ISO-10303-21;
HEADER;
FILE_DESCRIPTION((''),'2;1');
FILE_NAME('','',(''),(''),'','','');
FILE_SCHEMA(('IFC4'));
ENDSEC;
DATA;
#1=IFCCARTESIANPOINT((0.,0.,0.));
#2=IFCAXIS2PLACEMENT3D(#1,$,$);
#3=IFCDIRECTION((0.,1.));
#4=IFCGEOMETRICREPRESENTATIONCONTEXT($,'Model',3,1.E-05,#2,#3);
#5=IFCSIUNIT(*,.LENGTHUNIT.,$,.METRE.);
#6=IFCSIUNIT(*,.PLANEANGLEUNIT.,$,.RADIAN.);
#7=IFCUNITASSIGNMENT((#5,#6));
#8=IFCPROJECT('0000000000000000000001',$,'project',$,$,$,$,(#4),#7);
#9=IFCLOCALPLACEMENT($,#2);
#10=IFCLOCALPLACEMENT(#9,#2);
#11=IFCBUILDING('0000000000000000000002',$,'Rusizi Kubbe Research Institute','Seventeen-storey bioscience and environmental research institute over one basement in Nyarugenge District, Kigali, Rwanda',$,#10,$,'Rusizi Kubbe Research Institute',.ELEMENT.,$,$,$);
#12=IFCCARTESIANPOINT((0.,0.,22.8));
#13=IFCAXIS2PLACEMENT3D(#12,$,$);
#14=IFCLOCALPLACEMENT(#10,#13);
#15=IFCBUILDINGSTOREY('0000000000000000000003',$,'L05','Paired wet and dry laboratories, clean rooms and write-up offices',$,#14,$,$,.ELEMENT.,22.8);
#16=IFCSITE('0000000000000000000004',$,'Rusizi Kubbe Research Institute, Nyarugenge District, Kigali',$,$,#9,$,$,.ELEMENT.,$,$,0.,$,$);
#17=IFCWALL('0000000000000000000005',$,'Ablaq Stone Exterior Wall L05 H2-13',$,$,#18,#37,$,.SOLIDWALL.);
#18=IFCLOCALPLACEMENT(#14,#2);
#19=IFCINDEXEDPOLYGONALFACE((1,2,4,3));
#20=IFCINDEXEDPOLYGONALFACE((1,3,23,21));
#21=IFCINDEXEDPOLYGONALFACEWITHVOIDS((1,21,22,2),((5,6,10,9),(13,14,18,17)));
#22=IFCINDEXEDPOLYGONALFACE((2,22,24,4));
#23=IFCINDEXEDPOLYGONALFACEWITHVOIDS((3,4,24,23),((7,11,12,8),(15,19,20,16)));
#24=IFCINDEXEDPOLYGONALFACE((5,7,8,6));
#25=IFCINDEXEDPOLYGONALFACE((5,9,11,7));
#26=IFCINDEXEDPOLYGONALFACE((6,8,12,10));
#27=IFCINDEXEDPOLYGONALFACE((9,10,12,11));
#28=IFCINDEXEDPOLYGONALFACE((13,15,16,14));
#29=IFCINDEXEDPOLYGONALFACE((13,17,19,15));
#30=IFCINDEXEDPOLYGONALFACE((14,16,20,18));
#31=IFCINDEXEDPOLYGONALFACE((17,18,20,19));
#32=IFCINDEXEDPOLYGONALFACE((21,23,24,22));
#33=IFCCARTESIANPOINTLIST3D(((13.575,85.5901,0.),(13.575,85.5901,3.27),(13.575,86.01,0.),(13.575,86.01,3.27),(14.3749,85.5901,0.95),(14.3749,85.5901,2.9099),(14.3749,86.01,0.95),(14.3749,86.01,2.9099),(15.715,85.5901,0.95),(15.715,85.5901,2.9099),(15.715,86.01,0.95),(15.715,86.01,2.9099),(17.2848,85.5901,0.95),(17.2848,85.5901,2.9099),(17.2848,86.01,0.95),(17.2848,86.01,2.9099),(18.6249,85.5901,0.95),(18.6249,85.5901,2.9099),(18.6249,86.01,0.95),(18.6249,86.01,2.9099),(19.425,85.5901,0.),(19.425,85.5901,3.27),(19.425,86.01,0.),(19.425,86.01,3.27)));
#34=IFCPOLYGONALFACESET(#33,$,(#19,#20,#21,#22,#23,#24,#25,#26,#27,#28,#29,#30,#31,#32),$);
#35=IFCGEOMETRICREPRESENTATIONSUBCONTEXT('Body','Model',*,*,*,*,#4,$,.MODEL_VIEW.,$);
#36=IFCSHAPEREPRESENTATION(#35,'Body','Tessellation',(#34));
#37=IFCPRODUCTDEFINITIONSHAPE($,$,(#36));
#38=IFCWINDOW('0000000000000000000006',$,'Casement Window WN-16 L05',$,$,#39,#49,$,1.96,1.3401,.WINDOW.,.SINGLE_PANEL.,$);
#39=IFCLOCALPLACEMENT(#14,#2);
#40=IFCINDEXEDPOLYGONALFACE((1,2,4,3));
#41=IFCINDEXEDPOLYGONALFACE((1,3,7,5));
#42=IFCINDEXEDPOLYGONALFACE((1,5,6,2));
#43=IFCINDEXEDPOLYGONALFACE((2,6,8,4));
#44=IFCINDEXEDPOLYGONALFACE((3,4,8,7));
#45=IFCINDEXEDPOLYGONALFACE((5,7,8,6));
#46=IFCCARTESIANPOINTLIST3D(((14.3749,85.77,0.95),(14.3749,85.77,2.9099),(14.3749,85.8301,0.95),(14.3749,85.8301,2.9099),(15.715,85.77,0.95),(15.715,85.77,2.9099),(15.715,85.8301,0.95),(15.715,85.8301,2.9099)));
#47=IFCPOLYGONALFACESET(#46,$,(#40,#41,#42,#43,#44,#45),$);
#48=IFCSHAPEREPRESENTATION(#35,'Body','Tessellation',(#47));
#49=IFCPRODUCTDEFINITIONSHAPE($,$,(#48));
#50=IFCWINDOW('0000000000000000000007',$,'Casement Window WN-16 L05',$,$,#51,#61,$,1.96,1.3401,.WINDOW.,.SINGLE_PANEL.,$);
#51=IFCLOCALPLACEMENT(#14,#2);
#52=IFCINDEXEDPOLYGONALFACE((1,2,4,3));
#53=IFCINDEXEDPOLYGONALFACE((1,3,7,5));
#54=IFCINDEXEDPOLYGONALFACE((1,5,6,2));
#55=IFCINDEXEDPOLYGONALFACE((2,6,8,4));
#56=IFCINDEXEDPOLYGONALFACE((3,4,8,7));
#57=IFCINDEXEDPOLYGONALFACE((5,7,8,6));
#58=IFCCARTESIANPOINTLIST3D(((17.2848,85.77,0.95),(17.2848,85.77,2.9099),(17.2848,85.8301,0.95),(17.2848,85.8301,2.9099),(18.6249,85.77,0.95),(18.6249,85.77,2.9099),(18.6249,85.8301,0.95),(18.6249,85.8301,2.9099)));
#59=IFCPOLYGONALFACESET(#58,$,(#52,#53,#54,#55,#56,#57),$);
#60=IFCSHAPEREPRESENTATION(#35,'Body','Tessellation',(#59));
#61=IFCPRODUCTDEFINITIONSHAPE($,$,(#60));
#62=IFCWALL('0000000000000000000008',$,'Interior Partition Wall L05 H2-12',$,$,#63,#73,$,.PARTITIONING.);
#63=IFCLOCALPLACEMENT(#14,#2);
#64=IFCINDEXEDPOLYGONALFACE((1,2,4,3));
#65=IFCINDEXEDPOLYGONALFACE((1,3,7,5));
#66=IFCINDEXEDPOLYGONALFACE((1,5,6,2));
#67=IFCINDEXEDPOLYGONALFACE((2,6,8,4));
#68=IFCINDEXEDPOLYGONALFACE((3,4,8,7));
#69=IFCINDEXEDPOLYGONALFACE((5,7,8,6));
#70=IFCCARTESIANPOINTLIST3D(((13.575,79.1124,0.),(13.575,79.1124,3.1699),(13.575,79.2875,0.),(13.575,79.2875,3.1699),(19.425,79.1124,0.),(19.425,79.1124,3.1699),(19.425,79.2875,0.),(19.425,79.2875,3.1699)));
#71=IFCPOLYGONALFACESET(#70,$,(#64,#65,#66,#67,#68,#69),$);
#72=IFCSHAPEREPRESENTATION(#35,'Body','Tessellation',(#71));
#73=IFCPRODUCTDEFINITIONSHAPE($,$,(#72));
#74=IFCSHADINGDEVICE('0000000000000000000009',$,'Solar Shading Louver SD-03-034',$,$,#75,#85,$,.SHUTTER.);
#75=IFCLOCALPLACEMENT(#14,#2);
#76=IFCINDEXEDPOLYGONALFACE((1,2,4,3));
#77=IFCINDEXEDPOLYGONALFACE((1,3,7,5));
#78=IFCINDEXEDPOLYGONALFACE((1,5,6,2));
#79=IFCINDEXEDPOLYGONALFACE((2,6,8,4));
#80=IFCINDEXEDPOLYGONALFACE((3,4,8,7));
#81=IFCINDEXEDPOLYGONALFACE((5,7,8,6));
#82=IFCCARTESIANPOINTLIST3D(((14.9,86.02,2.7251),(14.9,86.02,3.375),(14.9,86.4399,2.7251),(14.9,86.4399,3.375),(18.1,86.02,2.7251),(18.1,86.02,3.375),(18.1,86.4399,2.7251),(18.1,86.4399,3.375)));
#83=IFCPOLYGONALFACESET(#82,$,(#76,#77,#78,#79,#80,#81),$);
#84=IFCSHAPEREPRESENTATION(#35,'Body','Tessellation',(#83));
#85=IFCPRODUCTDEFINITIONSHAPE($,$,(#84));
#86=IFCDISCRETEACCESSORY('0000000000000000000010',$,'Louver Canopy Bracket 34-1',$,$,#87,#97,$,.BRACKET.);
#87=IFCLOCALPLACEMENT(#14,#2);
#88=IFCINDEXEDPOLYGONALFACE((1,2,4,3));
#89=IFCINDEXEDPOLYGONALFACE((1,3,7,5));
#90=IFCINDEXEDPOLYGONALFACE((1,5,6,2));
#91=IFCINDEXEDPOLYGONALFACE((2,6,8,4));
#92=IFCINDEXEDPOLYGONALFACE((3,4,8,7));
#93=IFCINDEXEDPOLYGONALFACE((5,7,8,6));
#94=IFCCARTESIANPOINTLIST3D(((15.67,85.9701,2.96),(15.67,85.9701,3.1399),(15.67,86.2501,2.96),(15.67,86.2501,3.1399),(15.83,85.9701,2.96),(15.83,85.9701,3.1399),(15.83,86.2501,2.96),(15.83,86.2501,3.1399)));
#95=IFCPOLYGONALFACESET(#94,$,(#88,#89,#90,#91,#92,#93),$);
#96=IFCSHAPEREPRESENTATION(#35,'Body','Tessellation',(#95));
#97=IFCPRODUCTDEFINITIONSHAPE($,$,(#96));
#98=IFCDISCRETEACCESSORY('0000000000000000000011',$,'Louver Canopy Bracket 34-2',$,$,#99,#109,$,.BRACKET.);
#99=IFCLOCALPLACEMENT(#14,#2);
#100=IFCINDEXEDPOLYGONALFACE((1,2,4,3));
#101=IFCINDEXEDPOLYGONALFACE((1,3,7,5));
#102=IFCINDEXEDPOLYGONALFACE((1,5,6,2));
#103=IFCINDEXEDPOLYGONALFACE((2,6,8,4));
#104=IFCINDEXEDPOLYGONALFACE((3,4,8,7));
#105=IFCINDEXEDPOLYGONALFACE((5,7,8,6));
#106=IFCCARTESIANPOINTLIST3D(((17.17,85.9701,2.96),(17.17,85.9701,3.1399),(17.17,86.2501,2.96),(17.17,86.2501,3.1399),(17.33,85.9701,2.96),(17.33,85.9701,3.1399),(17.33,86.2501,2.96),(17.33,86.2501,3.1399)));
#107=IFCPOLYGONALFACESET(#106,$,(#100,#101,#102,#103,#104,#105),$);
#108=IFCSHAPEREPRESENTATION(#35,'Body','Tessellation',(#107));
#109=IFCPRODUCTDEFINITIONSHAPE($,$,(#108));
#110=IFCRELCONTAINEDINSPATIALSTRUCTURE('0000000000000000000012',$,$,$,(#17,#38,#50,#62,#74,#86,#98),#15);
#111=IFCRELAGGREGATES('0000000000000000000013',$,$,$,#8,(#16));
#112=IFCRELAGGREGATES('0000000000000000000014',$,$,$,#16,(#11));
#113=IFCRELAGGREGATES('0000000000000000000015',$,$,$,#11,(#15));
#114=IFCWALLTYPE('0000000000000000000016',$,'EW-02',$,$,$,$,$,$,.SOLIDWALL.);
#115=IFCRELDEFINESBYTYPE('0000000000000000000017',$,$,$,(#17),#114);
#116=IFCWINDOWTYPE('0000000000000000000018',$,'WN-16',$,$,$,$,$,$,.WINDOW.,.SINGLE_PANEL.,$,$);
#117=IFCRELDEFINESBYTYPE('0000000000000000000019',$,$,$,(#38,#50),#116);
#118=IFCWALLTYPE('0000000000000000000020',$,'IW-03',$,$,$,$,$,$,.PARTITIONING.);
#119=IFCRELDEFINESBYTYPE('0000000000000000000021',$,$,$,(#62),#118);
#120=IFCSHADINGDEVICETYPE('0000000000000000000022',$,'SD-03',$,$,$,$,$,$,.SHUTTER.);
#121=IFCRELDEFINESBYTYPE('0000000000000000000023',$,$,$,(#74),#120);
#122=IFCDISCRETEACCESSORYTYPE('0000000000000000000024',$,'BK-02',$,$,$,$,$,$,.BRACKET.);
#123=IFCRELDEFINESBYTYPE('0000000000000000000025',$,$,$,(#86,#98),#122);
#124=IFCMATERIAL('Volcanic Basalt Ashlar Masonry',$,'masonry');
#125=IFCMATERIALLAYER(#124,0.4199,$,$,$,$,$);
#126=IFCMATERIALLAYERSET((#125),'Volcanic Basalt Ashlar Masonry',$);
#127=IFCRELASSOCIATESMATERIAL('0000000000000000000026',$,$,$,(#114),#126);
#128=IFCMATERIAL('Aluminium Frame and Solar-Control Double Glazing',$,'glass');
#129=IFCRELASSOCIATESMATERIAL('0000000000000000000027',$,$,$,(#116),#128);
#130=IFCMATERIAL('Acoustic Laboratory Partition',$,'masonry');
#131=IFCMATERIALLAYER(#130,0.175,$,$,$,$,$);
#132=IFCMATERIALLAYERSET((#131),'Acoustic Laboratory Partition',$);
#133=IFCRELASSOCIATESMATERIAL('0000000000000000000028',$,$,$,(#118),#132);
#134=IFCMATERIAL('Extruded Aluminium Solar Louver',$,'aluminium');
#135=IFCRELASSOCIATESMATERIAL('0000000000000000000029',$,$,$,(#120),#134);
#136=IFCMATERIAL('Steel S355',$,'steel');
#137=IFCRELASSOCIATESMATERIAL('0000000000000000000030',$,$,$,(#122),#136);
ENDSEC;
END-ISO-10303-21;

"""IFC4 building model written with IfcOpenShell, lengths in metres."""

from ifc_helpers import new_model, si_unit, direction, frame, frame_2d, origin, origin_2d, place, context, subcontext, project, spatial, rectangle, extrude, material, layer, layer_set, type_object, element, fill, save


model = new_model("IFC4")

# Units and contexts
model_context = context("Model", 3, precision=1e-05, world=origin(), true_north=direction((0.0, 1.0)))
body_context = subcontext(model_context, "Body", "Model", "MODEL_VIEW")
ifc_project = project(units=[si_unit("LENGTHUNIT", "METRE"), si_unit("PLANEANGLEUNIT", "RADIAN")], contexts=[model_context])

# Site, building, storey
site_placement = place(None, origin())
site = spatial("IfcSite", under=ifc_project, at=site_placement, Name="Rusizi Kubbe Research Institute, Nyarugenge District, Kigali", CompositionType="ELEMENT", RefElevation=0.0)
building_placement = place(site_placement, origin())
building = spatial("IfcBuilding", under=site, at=building_placement, Name="Rusizi Kubbe Research Institute", Description="Seventeen-storey bioscience and environmental research institute over one basement in Nyarugenge District, Kigali, Rwanda", LongName="Rusizi Kubbe Research Institute", CompositionType="ELEMENT")
storey_placement = place(building_placement, frame((0.0, 0.0, 22.8)))
storey = spatial("IfcBuildingStorey", under=building, at=storey_placement, Name="L05", Description="Paired wet and dry laboratories, clean rooms and write-up offices", CompositionType="ELEMENT", Elevation=22.8)

# Wall, openings, windows
ifc_material_1 = material(Name="Volcanic Basalt Ashlar Masonry", Category="masonry")
ifc_layer_1 = layer(ifc_material_1, 0.4199)
ifc_layer_set_1 = layer_set([ifc_layer_1], Name="Volcanic Basalt Ashlar Masonry")
wall_type_1 = type_object("IfcWallType", Name="EW-02", PredefinedType="SOLIDWALL", material=ifc_layer_set_1)
wall_1_placement = place(storey_placement, frame((13.575, 85.8, 0.0), z_axis=(0.0, 0.0, 1.0), x_axis=(1.0, 0.0, 0.0)))
wall_1 = element("IfcWall", 1, at=wall_1_placement, inside=storey, type_object=wall_type_1, Name="Ablaq Stone Exterior Wall L05 H2-13", PredefinedType="SOLIDWALL", context=body_context, shape_type="SweptSolid", body=[
    extrude(rectangle(XDim=5.8501, YDim=0.4199, at=frame_2d((2.925, 0.0))), origin(), (0.0, 0.0, 1.0), 3.27),
])
opening_1_placement = place(wall_1_placement, frame((0.8, 0.0, 0.95)))
opening_1 = element("IfcOpeningElement", 2, at=opening_1_placement, cuts=wall_1, PredefinedType="OPENING", context=body_context, shape_type="SweptSolid", body=[
    extrude(rectangle(XDim=1.3401, YDim=1.96, at=frame_2d((0.6699, 0.98))), frame((0.0, 0.22, 0.0), z_axis=(0.0, -1.0, 0.0), x_axis=(1.0, 0.0, 0.0)), (0.0, 0.0, 1.0), 0.4399),
])
opening_2_placement = place(wall_1_placement, frame((3.71, 0.0, 0.95)))
opening_2 = element("IfcOpeningElement", 3, at=opening_2_placement, cuts=wall_1, PredefinedType="OPENING", context=body_context, shape_type="SweptSolid", body=[
    extrude(rectangle(XDim=1.3401, YDim=1.96, at=frame_2d((0.6699, 0.98))), frame((0.0, 0.22, 0.0), z_axis=(0.0, -1.0, 0.0), x_axis=(1.0, 0.0, 0.0)), (0.0, 0.0, 1.0), 0.4399),
])
ifc_material_2 = material(Name="Aluminium Frame and Solar-Control Double Glazing", Category="glass")
window_type = type_object("IfcWindowType", Name="WN-16", PartitioningType="SINGLE_PANEL", PredefinedType="WINDOW", material=ifc_material_2)
window_1_placement = place(opening_1_placement, origin())
window_1 = element("IfcWindow", 4, at=window_1_placement, inside=storey, type_object=window_type, Name="Casement Window WN-16 L05", OverallHeight=1.96, OverallWidth=1.3401, PartitioningType="SINGLE_PANEL", PredefinedType="WINDOW", context=body_context, shape_type="SweptSolid", body=[
    extrude(rectangle(XDim=1.3401, YDim=1.96, at=frame_2d((0.6699, 0.98))), frame((0.0, 0.03, 0.0), z_axis=(0.0, -1.0, 0.0), x_axis=(1.0, 0.0, 0.0)), (0.0, 0.0, 1.0), 0.0601),
])
fill(opening_1, window_1)
window_2_placement = place(opening_2_placement, origin())
window_2 = element("IfcWindow", 5, at=window_2_placement, inside=storey, type_object=window_type, Name="Casement Window WN-16 L05", OverallHeight=1.96, OverallWidth=1.3401, PartitioningType="SINGLE_PANEL", PredefinedType="WINDOW", context=body_context, shape_type="SweptSolid", body=[
    extrude(rectangle(XDim=1.3401, YDim=1.96, at=frame_2d((0.6699, 0.98))), frame((0.0, 0.03, 0.0), z_axis=(0.0, -1.0, 0.0), x_axis=(1.0, 0.0, 0.0)), (0.0, 0.0, 1.0), 0.0601),
])
fill(opening_2, window_2)

# Wall
ifc_material_3 = material(Name="Acoustic Laboratory Partition", Category="masonry")
ifc_layer_2 = layer(ifc_material_3, 0.175)
ifc_layer_set_2 = layer_set([ifc_layer_2], Name="Acoustic Laboratory Partition")
wall_type_2 = type_object("IfcWallType", Name="IW-03", PredefinedType="PARTITIONING", material=ifc_layer_set_2)
wall_2_placement = place(storey_placement, frame((13.575, 79.2, 0.0), z_axis=(0.0, 0.0, 1.0), x_axis=(1.0, 0.0, 0.0)))
element("IfcWall", 6, at=wall_2_placement, inside=storey, type_object=wall_type_2, Name="Interior Partition Wall L05 H2-12", PredefinedType="PARTITIONING", context=body_context, shape_type="SweptSolid", body=[
    extrude(rectangle(XDim=5.8501, YDim=0.175, at=frame_2d((2.925, 0.0))), origin(), (0.0, 0.0, 1.0), 3.1699),
])

# Shading device
ifc_material_4 = material(Name="Extruded Aluminium Solar Louver", Category="aluminium")
shading_device_type = type_object("IfcShadingDeviceType", Name="SD-03", PredefinedType="SHUTTER", material=ifc_material_4)
shading_device_placement = place(storey_placement, frame((16.5, 86.23, 2.7251), z_axis=(0.0, 0.0, 1.0), x_axis=(1.0, 0.0, 0.0)))
element("IfcShadingDevice", 7, at=shading_device_placement, inside=storey, type_object=shading_device_type, Name="Solar Shading Louver SD-03-034", PredefinedType="SHUTTER", context=body_context, shape_type="SweptSolid", body=[
    extrude(rectangle(XDim=3.2, YDim=0.4199, at=origin_2d()), origin(), (0.0, 0.0, 1.0), 0.6499),
])

# Discrete accessories
ifc_material_5 = material(Name="Steel S355", Category="steel")
discrete_accessory_type = type_object("IfcDiscreteAccessoryType", Name="BK-02", PredefinedType="BRACKET", material=ifc_material_5)
for number, where, z_axis, x_axis, name in (
    (8, (15.75, 86.1101, 2.96), (0.0, 0.0, 1.0), (1.0, 0.0, 0.0), "Louver Canopy Bracket 34-1"),
    (9, (17.25, 86.1101, 2.96), (0.0, 0.0, 1.0), (1.0, 0.0, 0.0), "Louver Canopy Bracket 34-2"),
):
    element("IfcDiscreteAccessory", number, at=place(storey_placement, frame(where, z_axis=z_axis, x_axis=x_axis)), inside=storey, type_object=discrete_accessory_type, Name=name, PredefinedType="BRACKET", context=body_context, shape_type="SweptSolid", body=[
        extrude(rectangle(XDim=0.1599, YDim=0.28, at=origin_2d()), origin(), (0.0, 0.0, 1.0), 0.1799),
    ])

save(model, "model.ifc")
